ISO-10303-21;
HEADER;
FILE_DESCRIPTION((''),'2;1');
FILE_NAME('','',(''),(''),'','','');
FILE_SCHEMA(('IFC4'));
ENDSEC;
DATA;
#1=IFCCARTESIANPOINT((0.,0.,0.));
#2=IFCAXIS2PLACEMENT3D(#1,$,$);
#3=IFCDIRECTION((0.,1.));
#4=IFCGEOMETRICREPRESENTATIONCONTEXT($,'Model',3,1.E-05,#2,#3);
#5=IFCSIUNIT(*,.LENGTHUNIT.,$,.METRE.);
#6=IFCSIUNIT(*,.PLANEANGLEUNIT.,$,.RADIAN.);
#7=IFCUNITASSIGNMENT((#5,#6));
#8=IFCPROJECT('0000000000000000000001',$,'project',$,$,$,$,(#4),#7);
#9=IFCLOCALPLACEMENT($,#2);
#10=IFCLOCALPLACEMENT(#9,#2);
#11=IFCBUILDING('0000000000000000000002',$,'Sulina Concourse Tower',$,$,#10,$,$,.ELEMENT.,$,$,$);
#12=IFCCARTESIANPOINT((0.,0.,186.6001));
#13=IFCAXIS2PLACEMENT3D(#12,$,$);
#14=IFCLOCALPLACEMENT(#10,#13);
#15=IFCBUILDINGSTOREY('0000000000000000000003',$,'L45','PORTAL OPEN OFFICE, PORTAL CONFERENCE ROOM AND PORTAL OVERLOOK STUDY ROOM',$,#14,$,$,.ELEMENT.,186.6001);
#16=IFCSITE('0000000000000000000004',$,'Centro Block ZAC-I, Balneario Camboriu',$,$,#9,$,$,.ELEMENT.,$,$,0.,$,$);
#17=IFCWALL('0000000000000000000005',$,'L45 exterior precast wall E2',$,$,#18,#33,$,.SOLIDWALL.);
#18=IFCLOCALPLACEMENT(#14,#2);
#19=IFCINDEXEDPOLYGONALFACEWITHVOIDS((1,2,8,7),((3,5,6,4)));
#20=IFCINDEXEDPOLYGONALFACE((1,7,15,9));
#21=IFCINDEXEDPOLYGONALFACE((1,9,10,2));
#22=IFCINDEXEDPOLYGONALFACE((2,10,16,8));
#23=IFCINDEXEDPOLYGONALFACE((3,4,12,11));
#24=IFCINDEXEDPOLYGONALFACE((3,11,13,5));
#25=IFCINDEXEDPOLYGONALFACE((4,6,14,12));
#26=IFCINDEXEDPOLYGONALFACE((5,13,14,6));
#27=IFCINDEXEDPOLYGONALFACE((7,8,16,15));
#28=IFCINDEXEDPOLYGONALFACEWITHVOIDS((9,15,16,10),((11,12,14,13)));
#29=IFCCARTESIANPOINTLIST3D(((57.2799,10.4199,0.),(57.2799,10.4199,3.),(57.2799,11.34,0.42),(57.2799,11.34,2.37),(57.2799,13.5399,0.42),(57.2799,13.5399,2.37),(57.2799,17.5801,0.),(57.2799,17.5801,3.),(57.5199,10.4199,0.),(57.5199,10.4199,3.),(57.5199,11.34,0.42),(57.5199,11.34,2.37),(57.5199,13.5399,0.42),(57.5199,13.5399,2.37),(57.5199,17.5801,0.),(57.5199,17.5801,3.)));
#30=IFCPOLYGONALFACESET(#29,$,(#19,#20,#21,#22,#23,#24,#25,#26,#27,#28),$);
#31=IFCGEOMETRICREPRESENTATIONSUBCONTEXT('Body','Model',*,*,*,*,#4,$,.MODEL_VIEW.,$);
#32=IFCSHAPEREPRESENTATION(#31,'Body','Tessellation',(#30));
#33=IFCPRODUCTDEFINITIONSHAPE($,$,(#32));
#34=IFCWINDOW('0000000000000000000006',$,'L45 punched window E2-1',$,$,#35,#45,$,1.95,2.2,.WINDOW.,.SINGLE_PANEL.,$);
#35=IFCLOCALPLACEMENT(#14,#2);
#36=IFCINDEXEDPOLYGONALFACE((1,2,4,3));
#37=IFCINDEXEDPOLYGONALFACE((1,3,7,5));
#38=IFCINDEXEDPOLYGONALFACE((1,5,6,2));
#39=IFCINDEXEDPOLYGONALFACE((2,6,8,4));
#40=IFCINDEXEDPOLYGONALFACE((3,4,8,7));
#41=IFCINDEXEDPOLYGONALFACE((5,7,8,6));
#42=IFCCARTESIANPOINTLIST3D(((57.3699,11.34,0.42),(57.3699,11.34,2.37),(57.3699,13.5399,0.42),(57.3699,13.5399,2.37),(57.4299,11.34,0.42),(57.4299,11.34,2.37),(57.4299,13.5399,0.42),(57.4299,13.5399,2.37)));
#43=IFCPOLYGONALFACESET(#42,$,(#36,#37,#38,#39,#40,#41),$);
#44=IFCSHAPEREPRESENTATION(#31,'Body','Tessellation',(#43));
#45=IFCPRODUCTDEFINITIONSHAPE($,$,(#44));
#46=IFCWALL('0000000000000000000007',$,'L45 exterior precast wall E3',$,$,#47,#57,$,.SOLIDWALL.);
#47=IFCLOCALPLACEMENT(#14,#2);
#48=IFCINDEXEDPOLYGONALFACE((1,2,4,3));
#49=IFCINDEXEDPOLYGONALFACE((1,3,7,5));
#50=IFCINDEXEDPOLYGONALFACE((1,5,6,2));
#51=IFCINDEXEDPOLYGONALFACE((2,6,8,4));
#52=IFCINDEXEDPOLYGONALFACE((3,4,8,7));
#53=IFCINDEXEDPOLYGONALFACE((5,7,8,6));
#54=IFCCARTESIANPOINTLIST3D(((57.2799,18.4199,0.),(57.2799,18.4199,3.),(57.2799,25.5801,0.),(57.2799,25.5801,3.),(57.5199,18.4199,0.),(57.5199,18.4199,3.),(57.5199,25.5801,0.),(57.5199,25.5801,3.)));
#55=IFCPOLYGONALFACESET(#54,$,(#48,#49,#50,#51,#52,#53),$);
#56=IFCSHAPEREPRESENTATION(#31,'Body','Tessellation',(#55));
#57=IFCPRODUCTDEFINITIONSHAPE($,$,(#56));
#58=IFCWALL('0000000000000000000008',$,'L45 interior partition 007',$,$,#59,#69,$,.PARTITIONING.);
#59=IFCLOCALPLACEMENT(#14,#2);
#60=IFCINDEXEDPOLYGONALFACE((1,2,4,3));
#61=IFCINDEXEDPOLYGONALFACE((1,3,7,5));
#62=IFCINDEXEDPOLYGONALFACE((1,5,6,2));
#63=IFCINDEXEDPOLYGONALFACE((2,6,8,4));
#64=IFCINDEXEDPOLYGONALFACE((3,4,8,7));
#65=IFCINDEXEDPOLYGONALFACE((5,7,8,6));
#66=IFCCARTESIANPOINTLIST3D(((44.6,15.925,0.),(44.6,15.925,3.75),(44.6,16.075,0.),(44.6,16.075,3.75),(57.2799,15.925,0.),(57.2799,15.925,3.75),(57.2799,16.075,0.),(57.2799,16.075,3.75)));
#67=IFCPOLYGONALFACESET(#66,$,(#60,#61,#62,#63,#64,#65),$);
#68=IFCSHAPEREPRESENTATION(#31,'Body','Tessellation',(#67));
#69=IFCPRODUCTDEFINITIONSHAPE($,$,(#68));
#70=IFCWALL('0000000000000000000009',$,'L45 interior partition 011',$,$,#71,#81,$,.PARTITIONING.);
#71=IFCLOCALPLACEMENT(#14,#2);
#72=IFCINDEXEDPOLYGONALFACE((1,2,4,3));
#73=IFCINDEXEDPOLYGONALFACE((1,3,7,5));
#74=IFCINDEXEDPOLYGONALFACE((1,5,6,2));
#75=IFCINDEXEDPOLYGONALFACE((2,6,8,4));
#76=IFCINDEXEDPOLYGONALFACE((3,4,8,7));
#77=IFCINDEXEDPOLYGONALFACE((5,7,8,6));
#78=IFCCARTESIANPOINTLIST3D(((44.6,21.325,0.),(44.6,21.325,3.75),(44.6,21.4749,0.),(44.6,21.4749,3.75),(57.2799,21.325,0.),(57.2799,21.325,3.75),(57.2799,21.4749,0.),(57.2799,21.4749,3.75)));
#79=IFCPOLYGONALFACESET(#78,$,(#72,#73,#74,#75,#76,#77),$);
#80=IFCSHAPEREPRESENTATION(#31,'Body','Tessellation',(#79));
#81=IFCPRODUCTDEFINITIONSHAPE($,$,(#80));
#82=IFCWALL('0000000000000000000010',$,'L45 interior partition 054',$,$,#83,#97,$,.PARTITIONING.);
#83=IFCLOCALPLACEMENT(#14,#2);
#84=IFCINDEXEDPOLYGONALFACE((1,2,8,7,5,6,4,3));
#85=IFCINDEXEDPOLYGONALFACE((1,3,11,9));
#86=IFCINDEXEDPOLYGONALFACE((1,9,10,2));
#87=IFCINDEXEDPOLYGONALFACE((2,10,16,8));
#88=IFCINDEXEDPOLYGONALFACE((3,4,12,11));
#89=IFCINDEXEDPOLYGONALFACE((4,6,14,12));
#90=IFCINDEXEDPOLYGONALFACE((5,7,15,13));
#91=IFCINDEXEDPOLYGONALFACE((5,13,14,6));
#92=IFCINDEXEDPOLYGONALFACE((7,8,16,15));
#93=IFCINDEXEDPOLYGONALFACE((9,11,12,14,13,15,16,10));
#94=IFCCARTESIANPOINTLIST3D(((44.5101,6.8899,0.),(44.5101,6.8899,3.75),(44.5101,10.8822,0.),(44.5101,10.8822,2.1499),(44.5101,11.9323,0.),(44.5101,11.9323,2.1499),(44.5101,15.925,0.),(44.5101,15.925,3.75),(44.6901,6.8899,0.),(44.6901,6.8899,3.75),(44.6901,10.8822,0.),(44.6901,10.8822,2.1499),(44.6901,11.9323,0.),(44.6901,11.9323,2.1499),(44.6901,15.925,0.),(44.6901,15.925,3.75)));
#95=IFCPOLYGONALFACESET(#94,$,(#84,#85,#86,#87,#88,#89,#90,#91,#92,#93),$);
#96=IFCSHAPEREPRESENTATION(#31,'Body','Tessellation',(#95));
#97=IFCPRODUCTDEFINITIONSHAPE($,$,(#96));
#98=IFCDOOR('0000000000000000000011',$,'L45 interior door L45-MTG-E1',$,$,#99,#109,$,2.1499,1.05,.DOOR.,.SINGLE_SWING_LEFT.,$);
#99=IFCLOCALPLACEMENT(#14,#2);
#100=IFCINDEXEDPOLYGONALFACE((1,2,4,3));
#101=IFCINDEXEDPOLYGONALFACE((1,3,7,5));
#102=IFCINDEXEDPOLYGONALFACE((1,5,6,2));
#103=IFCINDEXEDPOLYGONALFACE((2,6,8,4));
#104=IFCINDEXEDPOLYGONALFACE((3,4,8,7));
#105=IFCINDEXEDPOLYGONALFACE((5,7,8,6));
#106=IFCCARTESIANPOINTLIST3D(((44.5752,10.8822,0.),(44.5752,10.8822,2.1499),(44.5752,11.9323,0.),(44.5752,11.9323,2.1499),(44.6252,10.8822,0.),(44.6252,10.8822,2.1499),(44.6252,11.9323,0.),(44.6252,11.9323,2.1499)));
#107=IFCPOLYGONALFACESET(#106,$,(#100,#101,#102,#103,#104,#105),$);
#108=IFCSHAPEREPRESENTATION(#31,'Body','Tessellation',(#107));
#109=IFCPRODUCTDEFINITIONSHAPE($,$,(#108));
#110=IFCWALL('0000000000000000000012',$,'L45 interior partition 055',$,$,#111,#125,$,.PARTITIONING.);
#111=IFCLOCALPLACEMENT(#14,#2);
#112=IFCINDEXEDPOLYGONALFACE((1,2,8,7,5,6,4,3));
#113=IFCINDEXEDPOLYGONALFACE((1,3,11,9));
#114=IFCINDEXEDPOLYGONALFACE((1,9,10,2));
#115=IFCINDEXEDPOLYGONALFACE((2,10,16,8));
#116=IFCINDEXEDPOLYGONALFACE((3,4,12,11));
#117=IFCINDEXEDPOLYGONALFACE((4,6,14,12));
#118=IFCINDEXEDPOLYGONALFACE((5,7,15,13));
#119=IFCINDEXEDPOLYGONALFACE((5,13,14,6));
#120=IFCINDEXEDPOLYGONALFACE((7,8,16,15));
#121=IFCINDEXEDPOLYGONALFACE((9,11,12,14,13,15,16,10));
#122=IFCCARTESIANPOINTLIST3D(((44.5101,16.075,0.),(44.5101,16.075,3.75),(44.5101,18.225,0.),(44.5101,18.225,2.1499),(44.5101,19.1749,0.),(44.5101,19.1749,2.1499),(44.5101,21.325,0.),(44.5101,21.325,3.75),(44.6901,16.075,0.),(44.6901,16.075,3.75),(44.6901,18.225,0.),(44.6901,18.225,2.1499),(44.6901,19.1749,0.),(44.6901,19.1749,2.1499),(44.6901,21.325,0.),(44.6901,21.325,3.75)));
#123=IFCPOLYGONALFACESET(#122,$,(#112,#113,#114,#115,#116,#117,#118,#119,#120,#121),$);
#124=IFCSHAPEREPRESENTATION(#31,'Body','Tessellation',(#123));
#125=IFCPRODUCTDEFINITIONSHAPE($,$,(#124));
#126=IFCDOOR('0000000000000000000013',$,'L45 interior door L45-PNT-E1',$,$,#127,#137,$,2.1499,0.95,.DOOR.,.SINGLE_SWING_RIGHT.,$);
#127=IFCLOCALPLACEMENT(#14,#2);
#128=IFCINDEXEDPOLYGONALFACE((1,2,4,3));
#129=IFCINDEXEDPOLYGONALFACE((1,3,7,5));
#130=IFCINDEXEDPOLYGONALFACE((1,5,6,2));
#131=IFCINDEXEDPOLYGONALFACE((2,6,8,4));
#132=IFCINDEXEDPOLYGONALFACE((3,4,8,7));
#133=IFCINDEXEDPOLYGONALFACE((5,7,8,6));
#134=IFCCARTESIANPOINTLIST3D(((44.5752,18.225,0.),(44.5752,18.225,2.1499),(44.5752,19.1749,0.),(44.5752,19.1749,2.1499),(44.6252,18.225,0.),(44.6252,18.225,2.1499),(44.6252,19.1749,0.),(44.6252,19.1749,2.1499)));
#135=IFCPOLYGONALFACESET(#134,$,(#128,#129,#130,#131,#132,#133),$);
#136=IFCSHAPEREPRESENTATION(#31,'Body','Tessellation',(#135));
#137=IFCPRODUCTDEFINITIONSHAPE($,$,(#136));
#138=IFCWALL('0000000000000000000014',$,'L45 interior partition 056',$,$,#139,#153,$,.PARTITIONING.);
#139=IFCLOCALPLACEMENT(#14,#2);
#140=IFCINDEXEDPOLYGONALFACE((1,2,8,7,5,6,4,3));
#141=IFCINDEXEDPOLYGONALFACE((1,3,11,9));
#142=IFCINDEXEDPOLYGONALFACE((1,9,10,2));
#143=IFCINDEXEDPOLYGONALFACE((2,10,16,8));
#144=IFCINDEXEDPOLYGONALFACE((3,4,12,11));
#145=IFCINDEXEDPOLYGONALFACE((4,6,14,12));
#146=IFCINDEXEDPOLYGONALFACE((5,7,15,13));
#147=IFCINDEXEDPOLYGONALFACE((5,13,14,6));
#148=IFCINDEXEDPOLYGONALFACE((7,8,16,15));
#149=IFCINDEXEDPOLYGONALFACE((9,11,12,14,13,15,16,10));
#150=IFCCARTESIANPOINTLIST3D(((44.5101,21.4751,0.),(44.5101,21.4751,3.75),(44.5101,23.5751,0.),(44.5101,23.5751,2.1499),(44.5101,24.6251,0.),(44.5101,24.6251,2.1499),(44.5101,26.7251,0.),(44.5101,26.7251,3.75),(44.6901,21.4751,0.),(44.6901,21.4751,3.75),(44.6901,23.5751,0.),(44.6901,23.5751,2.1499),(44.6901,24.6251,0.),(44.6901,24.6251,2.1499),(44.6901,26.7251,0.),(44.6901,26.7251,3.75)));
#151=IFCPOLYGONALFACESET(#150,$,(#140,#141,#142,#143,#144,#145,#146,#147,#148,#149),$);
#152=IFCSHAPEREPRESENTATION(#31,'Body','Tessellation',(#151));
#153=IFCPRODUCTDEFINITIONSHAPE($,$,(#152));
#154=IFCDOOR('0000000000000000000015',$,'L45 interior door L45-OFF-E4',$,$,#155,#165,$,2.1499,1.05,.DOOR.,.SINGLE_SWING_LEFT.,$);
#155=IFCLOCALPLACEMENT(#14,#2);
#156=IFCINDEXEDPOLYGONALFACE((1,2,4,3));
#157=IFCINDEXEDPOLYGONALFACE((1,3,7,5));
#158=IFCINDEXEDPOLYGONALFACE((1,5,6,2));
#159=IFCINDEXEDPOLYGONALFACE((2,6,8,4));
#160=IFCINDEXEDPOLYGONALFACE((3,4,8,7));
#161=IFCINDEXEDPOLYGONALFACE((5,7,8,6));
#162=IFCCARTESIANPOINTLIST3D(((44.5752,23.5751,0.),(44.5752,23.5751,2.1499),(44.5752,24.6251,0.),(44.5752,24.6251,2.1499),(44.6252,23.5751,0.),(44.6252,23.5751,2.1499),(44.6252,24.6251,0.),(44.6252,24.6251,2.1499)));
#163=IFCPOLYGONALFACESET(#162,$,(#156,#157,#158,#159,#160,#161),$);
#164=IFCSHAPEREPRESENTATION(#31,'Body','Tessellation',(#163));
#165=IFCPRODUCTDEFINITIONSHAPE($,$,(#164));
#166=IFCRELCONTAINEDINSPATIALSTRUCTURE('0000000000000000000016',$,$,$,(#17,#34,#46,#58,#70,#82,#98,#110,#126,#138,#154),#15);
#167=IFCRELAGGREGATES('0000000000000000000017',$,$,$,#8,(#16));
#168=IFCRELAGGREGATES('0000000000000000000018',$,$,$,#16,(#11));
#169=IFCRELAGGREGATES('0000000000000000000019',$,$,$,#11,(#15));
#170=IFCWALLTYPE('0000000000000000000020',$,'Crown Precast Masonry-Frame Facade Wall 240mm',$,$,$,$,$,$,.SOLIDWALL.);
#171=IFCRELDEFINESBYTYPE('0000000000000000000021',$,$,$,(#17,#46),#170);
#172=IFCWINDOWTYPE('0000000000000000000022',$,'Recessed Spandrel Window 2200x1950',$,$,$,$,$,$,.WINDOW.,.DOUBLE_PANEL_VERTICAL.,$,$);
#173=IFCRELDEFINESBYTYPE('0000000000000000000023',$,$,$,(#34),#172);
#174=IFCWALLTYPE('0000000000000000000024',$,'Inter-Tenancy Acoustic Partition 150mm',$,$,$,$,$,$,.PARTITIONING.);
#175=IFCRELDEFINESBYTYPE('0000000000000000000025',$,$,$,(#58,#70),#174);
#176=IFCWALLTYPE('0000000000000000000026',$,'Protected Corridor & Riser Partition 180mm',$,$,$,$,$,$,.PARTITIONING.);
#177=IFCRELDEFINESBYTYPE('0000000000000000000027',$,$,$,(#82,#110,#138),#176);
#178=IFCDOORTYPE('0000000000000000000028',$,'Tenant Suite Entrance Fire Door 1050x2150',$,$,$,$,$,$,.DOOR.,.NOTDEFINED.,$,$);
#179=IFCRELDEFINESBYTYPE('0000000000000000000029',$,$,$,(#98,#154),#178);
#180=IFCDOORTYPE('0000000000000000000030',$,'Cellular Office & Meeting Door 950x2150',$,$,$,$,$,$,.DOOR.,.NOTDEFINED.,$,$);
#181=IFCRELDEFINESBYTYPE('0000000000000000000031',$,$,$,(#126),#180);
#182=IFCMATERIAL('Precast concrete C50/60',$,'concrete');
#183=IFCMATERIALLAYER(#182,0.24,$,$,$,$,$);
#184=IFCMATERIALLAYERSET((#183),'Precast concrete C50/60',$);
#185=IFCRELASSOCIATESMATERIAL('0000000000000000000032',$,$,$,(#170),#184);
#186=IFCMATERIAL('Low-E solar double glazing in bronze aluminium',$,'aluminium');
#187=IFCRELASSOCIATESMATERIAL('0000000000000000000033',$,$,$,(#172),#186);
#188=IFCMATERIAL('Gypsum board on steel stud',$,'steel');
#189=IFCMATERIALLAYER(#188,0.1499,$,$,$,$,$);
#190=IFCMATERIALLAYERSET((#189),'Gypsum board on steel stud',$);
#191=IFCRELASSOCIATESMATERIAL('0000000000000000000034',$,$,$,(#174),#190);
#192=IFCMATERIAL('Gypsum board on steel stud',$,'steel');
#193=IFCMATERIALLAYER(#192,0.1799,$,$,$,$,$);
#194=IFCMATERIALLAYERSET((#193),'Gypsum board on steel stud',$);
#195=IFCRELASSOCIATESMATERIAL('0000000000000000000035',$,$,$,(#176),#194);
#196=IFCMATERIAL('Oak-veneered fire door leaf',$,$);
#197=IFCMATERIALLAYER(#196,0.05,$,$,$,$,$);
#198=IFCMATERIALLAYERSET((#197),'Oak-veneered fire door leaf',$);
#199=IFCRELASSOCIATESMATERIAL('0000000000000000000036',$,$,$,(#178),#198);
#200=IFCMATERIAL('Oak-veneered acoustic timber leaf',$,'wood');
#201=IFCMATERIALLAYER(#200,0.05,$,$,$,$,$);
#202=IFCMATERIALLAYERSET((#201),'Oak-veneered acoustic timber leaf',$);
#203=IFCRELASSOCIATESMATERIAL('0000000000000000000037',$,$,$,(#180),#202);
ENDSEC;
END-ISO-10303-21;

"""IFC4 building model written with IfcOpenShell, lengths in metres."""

from ifc_helpers import new_model, si_unit, direction, frame, frame_2d, origin, place, context, subcontext, project, spatial, rectangle, extrude, material, layer, layer_set, type_object, element, fill, save


model = new_model("IFC4")

# Units and contexts
model_context = context("Model", 3, precision=1e-05, world=origin(), true_north=direction((0.0, 1.0)))
body_context = subcontext(model_context, "Body", "Model", "MODEL_VIEW")
ifc_project = project(units=[si_unit("LENGTHUNIT", "METRE"), si_unit("PLANEANGLEUNIT", "RADIAN")], contexts=[model_context])

# Site, building, storey
site_placement = place(None, origin())
site = spatial("IfcSite", under=ifc_project, at=site_placement, Name="Centro Block ZAC-I, Balneario Camboriu", CompositionType="ELEMENT", RefElevation=0.0)
building_placement = place(site_placement, origin())
building = spatial("IfcBuilding", under=site, at=building_placement, Name="Sulina Concourse Tower", CompositionType="ELEMENT")
storey_placement = place(building_placement, frame((0.0, 0.0, 186.6001)))
storey = spatial("IfcBuildingStorey", under=building, at=storey_placement, Name="L45", Description="PORTAL OPEN OFFICE, PORTAL CONFERENCE ROOM AND PORTAL OVERLOOK STUDY ROOM", CompositionType="ELEMENT", Elevation=186.6001)

# Shared definitions
ifc_material_1 = material(Name="Precast concrete C50/60", Category="concrete")
ifc_layer_1 = layer(ifc_material_1, 0.24)
ifc_layer_set_1 = layer_set([ifc_layer_1], Name="Precast concrete C50/60")
wall_type_1 = type_object("IfcWallType", Name="Crown Precast Masonry-Frame Facade Wall 240mm", PredefinedType="SOLIDWALL", material=ifc_layer_set_1)

# Wall, opening, window
wall_1_placement = place(storey_placement, frame((57.3999, 17.5801, 0.0), z_axis=(0.0, 0.0, 1.0), x_axis=(0.0, -1.0, 0.0)))
wall_1 = element("IfcWall", 1, at=wall_1_placement, inside=storey, type_object=wall_type_1, Name="L45 exterior precast wall E2", PredefinedType="SOLIDWALL", context=body_context, shape_type="SweptSolid", body=[
    extrude(rectangle(XDim=7.1602, YDim=0.24, at=frame_2d((3.5801, 0.0))), origin(), (0.0, 0.0, 1.0), 3.0),
])
opening_1_placement = place(wall_1_placement, frame((4.04, 0.0, 0.4199)))
opening_1 = element("IfcOpeningElement", 2, at=opening_1_placement, cuts=wall_1, PredefinedType="OPENING", context=body_context, shape_type="SweptSolid", body=[
    extrude(rectangle(XDim=2.2, YDim=1.95, at=frame_2d((1.1001, 0.9751))), frame((0.0, 0.1299, 0.0), z_axis=(0.0, -1.0, 0.0), x_axis=(1.0, 0.0, 0.0)), (0.0, 0.0, 1.0), 0.26),
])
ifc_material_2 = material(Name="Low-E solar double glazing in bronze aluminium", Category="aluminium")
window_type = type_object("IfcWindowType", Name="Recessed Spandrel Window 2200x1950", PartitioningType="DOUBLE_PANEL_VERTICAL", PredefinedType="WINDOW", material=ifc_material_2)
window_placement = place(opening_1_placement, origin())
window = element("IfcWindow", 3, at=window_placement, inside=storey, type_object=window_type, Name="L45 punched window E2-1", OverallHeight=1.95, OverallWidth=2.2, PartitioningType="SINGLE_PANEL", PredefinedType="WINDOW", context=body_context, shape_type="SweptSolid", body=[
    extrude(rectangle(XDim=2.2, YDim=1.95, at=frame_2d((1.1001, 0.9751))), frame((0.0, 0.03, 0.0), z_axis=(0.0, -1.0, 0.0), x_axis=(1.0, 0.0, 0.0)), (0.0, 0.0, 1.0), 0.0601),
])
fill(opening_1, window)

# Walls
wall_2_placement = place(storey_placement, frame((57.3999, 25.5801, 0.0), z_axis=(0.0, 0.0, 1.0), x_axis=(0.0, -1.0, 0.0)))
element("IfcWall", 4, at=wall_2_placement, inside=storey, type_object=wall_type_1, Name="L45 exterior precast wall E3", PredefinedType="SOLIDWALL", context=body_context, shape_type="SweptSolid", body=[
    extrude(rectangle(XDim=7.1602, YDim=0.24, at=frame_2d((3.5801, 0.0))), origin(), (0.0, 0.0, 1.0), 3.0),
])
ifc_material_3 = material(Name="Gypsum board on steel stud", Category="steel")
ifc_layer_2 = layer(ifc_material_3, 0.1499)
ifc_layer_set_2 = layer_set([ifc_layer_2], Name="Gypsum board on steel stud")
wall_type_2 = type_object("IfcWallType", Name="Inter-Tenancy Acoustic Partition 150mm", PredefinedType="PARTITIONING", material=ifc_layer_set_2)
for number, where, z_axis, x_axis, name in (
    (5, (44.6001, 16.0, 0.0), (0.0, 0.0, 1.0), (1.0, 0.0, 0.0), "L45 interior partition 007"),
    (6, (44.6001, 21.3999, 0.0), (0.0, 0.0, 1.0), (1.0, 0.0, 0.0), "L45 interior partition 011"),
):
    element("IfcWall", number, at=place(storey_placement, frame(where, z_axis=z_axis, x_axis=x_axis)), inside=storey, type_object=wall_type_2, Name=name, PredefinedType="PARTITIONING", context=body_context, shape_type="SweptSolid", body=[
        extrude(rectangle(XDim=12.6799, YDim=0.1499, at=frame_2d((6.3398, 0.0))), origin(), (0.0, 0.0, 1.0), 3.75),
    ])

# Walls, openings, doors
ifc_material_4 = material(Name="Gypsum board on steel stud", Category="steel")
ifc_layer_3 = layer(ifc_material_4, 0.1799)
ifc_layer_set_3 = layer_set([ifc_layer_3], Name="Gypsum board on steel stud")
wall_type_3 = type_object("IfcWallType", Name="Protected Corridor & Riser Partition 180mm", PredefinedType="PARTITIONING", material=ifc_layer_set_3)
wall_3_placement = place(storey_placement, frame((44.6001, 6.8899, 0.0), z_axis=(0.0, 0.0, 1.0), x_axis=(0.0, 1.0, 0.0)))
wall_3 = element("IfcWall", 7, at=wall_3_placement, inside=storey, type_object=wall_type_3, Name="L45 interior partition 054", PredefinedType="PARTITIONING", context=body_context, shape_type="SweptSolid", body=[
    extrude(rectangle(XDim=9.0352, YDim=0.1799, at=frame_2d((4.5176, 0.0))), origin(), (0.0, 0.0, 1.0), 3.75),
])
opening_2_placement = place(wall_3_placement, frame((3.9924, 0.0, 0.0)))
opening_2 = element("IfcOpeningElement", 8, at=opening_2_placement, cuts=wall_3, PredefinedType="OPENING", context=body_context, shape_type="SweptSolid", body=[
    extrude(rectangle(XDim=1.05, YDim=2.1499, at=frame_2d((0.5249, 1.075))), frame((0.0, 0.0999, 0.0), z_axis=(0.0, -1.0, 0.0), x_axis=(1.0, 0.0, 0.0)), (0.0, 0.0, 1.0), 0.2),
])
ifc_material_5 = material(Name="Oak-veneered fire door leaf")
ifc_layer_4 = layer(ifc_material_5, 0.05)
ifc_layer_set_4 = layer_set([ifc_layer_4], Name="Oak-veneered fire door leaf")
door_type_1 = type_object("IfcDoorType", Name="Tenant Suite Entrance Fire Door 1050x2150", OperationType="NOTDEFINED", PredefinedType="DOOR", material=ifc_layer_set_4)
door_1_placement = place(opening_2_placement, origin())
door_1 = element("IfcDoor", 9, at=door_1_placement, inside=storey, type_object=door_type_1, Name="L45 interior door L45-MTG-E1", OperationType="SINGLE_SWING_LEFT", OverallHeight=2.1499, OverallWidth=1.05, PredefinedType="DOOR", context=body_context, shape_type="SweptSolid", body=[
    extrude(rectangle(XDim=1.05, YDim=2.1499, at=frame_2d((0.5249, 1.075))), frame((0.0, 0.0249, 0.0), z_axis=(0.0, -1.0, 0.0), x_axis=(1.0, 0.0, 0.0)), (0.0, 0.0, 1.0), 0.05),
])
fill(opening_2, door_1)
wall_4_placement = place(storey_placement, frame((44.6001, 16.075, 0.0), z_axis=(0.0, 0.0, 1.0), x_axis=(0.0, 1.0, 0.0)))
wall_4 = element("IfcWall", 10, at=wall_4_placement, inside=storey, type_object=wall_type_3, Name="L45 interior partition 055", PredefinedType="PARTITIONING", context=body_context, shape_type="SweptSolid", body=[
    extrude(rectangle(XDim=5.25, YDim=0.1799, at=frame_2d((2.625, 0.0))), origin(), (0.0, 0.0, 1.0), 3.75),
])
opening_3_placement = place(wall_4_placement, frame((2.1499, 0.0, 0.0)))
opening_3 = element("IfcOpeningElement", 11, at=opening_3_placement, cuts=wall_4, PredefinedType="OPENING", context=body_context, shape_type="SweptSolid", body=[
    extrude(rectangle(XDim=0.95, YDim=2.1499, at=frame_2d((0.4751, 1.075))), frame((0.0, 0.0999, 0.0), z_axis=(0.0, -1.0, 0.0), x_axis=(1.0, 0.0, 0.0)), (0.0, 0.0, 1.0), 0.2),
])
ifc_material_6 = material(Name="Oak-veneered acoustic timber leaf", Category="wood")
ifc_layer_5 = layer(ifc_material_6, 0.05)
ifc_layer_set_5 = layer_set([ifc_layer_5], Name="Oak-veneered acoustic timber leaf")
door_type_2 = type_object("IfcDoorType", Name="Cellular Office & Meeting Door 950x2150", OperationType="NOTDEFINED", PredefinedType="DOOR", material=ifc_layer_set_5)
door_2_placement = place(opening_3_placement, origin())
door_2 = element("IfcDoor", 12, at=door_2_placement, inside=storey, type_object=door_type_2, Name="L45 interior door L45-PNT-E1", OperationType="SINGLE_SWING_RIGHT", OverallHeight=2.1499, OverallWidth=0.95, PredefinedType="DOOR", context=body_context, shape_type="SweptSolid", body=[
    extrude(rectangle(XDim=0.95, YDim=2.1499, at=frame_2d((0.4751, 1.075))), frame((0.0, 0.0249, 0.0), z_axis=(0.0, -1.0, 0.0), x_axis=(1.0, 0.0, 0.0)), (0.0, 0.0, 1.0), 0.05),
])
fill(opening_3, door_2)
wall_5_placement = place(storey_placement, frame((44.6001, 21.4751, 0.0), z_axis=(0.0, 0.0, 1.0), x_axis=(0.0, 1.0, 0.0)))
wall_5 = element("IfcWall", 13, at=wall_5_placement, inside=storey, type_object=wall_type_3, Name="L45 interior partition 056", PredefinedType="PARTITIONING", context=body_context, shape_type="SweptSolid", body=[
    extrude(rectangle(XDim=5.25, YDim=0.1799, at=frame_2d((2.625, 0.0))), origin(), (0.0, 0.0, 1.0), 3.75),
])
opening_4_placement = place(wall_5_placement, frame((2.1001, 0.0, 0.0)))
opening_4 = element("IfcOpeningElement", 14, at=opening_4_placement, cuts=wall_5, PredefinedType="OPENING", context=body_context, shape_type="SweptSolid", body=[
    extrude(rectangle(XDim=1.05, YDim=2.1499, at=frame_2d((0.5249, 1.075))), frame((0.0, 0.0999, 0.0), z_axis=(0.0, -1.0, 0.0), x_axis=(1.0, 0.0, 0.0)), (0.0, 0.0, 1.0), 0.2),
])
door_3_placement = place(opening_4_placement, origin())
door_3 = element("IfcDoor", 15, at=door_3_placement, inside=storey, type_object=door_type_1, Name="L45 interior door L45-OFF-E4", OperationType="SINGLE_SWING_LEFT", OverallHeight=2.1499, OverallWidth=1.05, PredefinedType="DOOR", context=body_context, shape_type="SweptSolid", body=[
    extrude(rectangle(XDim=1.05, YDim=2.1499, at=frame_2d((0.5249, 1.075))), frame((0.0, 0.0249, 0.0), z_axis=(0.0, -1.0, 0.0), x_axis=(1.0, 0.0, 0.0)), (0.0, 0.0, 1.0), 0.05),
])
fill(opening_4, door_3)

save(model, "model.ifc")
